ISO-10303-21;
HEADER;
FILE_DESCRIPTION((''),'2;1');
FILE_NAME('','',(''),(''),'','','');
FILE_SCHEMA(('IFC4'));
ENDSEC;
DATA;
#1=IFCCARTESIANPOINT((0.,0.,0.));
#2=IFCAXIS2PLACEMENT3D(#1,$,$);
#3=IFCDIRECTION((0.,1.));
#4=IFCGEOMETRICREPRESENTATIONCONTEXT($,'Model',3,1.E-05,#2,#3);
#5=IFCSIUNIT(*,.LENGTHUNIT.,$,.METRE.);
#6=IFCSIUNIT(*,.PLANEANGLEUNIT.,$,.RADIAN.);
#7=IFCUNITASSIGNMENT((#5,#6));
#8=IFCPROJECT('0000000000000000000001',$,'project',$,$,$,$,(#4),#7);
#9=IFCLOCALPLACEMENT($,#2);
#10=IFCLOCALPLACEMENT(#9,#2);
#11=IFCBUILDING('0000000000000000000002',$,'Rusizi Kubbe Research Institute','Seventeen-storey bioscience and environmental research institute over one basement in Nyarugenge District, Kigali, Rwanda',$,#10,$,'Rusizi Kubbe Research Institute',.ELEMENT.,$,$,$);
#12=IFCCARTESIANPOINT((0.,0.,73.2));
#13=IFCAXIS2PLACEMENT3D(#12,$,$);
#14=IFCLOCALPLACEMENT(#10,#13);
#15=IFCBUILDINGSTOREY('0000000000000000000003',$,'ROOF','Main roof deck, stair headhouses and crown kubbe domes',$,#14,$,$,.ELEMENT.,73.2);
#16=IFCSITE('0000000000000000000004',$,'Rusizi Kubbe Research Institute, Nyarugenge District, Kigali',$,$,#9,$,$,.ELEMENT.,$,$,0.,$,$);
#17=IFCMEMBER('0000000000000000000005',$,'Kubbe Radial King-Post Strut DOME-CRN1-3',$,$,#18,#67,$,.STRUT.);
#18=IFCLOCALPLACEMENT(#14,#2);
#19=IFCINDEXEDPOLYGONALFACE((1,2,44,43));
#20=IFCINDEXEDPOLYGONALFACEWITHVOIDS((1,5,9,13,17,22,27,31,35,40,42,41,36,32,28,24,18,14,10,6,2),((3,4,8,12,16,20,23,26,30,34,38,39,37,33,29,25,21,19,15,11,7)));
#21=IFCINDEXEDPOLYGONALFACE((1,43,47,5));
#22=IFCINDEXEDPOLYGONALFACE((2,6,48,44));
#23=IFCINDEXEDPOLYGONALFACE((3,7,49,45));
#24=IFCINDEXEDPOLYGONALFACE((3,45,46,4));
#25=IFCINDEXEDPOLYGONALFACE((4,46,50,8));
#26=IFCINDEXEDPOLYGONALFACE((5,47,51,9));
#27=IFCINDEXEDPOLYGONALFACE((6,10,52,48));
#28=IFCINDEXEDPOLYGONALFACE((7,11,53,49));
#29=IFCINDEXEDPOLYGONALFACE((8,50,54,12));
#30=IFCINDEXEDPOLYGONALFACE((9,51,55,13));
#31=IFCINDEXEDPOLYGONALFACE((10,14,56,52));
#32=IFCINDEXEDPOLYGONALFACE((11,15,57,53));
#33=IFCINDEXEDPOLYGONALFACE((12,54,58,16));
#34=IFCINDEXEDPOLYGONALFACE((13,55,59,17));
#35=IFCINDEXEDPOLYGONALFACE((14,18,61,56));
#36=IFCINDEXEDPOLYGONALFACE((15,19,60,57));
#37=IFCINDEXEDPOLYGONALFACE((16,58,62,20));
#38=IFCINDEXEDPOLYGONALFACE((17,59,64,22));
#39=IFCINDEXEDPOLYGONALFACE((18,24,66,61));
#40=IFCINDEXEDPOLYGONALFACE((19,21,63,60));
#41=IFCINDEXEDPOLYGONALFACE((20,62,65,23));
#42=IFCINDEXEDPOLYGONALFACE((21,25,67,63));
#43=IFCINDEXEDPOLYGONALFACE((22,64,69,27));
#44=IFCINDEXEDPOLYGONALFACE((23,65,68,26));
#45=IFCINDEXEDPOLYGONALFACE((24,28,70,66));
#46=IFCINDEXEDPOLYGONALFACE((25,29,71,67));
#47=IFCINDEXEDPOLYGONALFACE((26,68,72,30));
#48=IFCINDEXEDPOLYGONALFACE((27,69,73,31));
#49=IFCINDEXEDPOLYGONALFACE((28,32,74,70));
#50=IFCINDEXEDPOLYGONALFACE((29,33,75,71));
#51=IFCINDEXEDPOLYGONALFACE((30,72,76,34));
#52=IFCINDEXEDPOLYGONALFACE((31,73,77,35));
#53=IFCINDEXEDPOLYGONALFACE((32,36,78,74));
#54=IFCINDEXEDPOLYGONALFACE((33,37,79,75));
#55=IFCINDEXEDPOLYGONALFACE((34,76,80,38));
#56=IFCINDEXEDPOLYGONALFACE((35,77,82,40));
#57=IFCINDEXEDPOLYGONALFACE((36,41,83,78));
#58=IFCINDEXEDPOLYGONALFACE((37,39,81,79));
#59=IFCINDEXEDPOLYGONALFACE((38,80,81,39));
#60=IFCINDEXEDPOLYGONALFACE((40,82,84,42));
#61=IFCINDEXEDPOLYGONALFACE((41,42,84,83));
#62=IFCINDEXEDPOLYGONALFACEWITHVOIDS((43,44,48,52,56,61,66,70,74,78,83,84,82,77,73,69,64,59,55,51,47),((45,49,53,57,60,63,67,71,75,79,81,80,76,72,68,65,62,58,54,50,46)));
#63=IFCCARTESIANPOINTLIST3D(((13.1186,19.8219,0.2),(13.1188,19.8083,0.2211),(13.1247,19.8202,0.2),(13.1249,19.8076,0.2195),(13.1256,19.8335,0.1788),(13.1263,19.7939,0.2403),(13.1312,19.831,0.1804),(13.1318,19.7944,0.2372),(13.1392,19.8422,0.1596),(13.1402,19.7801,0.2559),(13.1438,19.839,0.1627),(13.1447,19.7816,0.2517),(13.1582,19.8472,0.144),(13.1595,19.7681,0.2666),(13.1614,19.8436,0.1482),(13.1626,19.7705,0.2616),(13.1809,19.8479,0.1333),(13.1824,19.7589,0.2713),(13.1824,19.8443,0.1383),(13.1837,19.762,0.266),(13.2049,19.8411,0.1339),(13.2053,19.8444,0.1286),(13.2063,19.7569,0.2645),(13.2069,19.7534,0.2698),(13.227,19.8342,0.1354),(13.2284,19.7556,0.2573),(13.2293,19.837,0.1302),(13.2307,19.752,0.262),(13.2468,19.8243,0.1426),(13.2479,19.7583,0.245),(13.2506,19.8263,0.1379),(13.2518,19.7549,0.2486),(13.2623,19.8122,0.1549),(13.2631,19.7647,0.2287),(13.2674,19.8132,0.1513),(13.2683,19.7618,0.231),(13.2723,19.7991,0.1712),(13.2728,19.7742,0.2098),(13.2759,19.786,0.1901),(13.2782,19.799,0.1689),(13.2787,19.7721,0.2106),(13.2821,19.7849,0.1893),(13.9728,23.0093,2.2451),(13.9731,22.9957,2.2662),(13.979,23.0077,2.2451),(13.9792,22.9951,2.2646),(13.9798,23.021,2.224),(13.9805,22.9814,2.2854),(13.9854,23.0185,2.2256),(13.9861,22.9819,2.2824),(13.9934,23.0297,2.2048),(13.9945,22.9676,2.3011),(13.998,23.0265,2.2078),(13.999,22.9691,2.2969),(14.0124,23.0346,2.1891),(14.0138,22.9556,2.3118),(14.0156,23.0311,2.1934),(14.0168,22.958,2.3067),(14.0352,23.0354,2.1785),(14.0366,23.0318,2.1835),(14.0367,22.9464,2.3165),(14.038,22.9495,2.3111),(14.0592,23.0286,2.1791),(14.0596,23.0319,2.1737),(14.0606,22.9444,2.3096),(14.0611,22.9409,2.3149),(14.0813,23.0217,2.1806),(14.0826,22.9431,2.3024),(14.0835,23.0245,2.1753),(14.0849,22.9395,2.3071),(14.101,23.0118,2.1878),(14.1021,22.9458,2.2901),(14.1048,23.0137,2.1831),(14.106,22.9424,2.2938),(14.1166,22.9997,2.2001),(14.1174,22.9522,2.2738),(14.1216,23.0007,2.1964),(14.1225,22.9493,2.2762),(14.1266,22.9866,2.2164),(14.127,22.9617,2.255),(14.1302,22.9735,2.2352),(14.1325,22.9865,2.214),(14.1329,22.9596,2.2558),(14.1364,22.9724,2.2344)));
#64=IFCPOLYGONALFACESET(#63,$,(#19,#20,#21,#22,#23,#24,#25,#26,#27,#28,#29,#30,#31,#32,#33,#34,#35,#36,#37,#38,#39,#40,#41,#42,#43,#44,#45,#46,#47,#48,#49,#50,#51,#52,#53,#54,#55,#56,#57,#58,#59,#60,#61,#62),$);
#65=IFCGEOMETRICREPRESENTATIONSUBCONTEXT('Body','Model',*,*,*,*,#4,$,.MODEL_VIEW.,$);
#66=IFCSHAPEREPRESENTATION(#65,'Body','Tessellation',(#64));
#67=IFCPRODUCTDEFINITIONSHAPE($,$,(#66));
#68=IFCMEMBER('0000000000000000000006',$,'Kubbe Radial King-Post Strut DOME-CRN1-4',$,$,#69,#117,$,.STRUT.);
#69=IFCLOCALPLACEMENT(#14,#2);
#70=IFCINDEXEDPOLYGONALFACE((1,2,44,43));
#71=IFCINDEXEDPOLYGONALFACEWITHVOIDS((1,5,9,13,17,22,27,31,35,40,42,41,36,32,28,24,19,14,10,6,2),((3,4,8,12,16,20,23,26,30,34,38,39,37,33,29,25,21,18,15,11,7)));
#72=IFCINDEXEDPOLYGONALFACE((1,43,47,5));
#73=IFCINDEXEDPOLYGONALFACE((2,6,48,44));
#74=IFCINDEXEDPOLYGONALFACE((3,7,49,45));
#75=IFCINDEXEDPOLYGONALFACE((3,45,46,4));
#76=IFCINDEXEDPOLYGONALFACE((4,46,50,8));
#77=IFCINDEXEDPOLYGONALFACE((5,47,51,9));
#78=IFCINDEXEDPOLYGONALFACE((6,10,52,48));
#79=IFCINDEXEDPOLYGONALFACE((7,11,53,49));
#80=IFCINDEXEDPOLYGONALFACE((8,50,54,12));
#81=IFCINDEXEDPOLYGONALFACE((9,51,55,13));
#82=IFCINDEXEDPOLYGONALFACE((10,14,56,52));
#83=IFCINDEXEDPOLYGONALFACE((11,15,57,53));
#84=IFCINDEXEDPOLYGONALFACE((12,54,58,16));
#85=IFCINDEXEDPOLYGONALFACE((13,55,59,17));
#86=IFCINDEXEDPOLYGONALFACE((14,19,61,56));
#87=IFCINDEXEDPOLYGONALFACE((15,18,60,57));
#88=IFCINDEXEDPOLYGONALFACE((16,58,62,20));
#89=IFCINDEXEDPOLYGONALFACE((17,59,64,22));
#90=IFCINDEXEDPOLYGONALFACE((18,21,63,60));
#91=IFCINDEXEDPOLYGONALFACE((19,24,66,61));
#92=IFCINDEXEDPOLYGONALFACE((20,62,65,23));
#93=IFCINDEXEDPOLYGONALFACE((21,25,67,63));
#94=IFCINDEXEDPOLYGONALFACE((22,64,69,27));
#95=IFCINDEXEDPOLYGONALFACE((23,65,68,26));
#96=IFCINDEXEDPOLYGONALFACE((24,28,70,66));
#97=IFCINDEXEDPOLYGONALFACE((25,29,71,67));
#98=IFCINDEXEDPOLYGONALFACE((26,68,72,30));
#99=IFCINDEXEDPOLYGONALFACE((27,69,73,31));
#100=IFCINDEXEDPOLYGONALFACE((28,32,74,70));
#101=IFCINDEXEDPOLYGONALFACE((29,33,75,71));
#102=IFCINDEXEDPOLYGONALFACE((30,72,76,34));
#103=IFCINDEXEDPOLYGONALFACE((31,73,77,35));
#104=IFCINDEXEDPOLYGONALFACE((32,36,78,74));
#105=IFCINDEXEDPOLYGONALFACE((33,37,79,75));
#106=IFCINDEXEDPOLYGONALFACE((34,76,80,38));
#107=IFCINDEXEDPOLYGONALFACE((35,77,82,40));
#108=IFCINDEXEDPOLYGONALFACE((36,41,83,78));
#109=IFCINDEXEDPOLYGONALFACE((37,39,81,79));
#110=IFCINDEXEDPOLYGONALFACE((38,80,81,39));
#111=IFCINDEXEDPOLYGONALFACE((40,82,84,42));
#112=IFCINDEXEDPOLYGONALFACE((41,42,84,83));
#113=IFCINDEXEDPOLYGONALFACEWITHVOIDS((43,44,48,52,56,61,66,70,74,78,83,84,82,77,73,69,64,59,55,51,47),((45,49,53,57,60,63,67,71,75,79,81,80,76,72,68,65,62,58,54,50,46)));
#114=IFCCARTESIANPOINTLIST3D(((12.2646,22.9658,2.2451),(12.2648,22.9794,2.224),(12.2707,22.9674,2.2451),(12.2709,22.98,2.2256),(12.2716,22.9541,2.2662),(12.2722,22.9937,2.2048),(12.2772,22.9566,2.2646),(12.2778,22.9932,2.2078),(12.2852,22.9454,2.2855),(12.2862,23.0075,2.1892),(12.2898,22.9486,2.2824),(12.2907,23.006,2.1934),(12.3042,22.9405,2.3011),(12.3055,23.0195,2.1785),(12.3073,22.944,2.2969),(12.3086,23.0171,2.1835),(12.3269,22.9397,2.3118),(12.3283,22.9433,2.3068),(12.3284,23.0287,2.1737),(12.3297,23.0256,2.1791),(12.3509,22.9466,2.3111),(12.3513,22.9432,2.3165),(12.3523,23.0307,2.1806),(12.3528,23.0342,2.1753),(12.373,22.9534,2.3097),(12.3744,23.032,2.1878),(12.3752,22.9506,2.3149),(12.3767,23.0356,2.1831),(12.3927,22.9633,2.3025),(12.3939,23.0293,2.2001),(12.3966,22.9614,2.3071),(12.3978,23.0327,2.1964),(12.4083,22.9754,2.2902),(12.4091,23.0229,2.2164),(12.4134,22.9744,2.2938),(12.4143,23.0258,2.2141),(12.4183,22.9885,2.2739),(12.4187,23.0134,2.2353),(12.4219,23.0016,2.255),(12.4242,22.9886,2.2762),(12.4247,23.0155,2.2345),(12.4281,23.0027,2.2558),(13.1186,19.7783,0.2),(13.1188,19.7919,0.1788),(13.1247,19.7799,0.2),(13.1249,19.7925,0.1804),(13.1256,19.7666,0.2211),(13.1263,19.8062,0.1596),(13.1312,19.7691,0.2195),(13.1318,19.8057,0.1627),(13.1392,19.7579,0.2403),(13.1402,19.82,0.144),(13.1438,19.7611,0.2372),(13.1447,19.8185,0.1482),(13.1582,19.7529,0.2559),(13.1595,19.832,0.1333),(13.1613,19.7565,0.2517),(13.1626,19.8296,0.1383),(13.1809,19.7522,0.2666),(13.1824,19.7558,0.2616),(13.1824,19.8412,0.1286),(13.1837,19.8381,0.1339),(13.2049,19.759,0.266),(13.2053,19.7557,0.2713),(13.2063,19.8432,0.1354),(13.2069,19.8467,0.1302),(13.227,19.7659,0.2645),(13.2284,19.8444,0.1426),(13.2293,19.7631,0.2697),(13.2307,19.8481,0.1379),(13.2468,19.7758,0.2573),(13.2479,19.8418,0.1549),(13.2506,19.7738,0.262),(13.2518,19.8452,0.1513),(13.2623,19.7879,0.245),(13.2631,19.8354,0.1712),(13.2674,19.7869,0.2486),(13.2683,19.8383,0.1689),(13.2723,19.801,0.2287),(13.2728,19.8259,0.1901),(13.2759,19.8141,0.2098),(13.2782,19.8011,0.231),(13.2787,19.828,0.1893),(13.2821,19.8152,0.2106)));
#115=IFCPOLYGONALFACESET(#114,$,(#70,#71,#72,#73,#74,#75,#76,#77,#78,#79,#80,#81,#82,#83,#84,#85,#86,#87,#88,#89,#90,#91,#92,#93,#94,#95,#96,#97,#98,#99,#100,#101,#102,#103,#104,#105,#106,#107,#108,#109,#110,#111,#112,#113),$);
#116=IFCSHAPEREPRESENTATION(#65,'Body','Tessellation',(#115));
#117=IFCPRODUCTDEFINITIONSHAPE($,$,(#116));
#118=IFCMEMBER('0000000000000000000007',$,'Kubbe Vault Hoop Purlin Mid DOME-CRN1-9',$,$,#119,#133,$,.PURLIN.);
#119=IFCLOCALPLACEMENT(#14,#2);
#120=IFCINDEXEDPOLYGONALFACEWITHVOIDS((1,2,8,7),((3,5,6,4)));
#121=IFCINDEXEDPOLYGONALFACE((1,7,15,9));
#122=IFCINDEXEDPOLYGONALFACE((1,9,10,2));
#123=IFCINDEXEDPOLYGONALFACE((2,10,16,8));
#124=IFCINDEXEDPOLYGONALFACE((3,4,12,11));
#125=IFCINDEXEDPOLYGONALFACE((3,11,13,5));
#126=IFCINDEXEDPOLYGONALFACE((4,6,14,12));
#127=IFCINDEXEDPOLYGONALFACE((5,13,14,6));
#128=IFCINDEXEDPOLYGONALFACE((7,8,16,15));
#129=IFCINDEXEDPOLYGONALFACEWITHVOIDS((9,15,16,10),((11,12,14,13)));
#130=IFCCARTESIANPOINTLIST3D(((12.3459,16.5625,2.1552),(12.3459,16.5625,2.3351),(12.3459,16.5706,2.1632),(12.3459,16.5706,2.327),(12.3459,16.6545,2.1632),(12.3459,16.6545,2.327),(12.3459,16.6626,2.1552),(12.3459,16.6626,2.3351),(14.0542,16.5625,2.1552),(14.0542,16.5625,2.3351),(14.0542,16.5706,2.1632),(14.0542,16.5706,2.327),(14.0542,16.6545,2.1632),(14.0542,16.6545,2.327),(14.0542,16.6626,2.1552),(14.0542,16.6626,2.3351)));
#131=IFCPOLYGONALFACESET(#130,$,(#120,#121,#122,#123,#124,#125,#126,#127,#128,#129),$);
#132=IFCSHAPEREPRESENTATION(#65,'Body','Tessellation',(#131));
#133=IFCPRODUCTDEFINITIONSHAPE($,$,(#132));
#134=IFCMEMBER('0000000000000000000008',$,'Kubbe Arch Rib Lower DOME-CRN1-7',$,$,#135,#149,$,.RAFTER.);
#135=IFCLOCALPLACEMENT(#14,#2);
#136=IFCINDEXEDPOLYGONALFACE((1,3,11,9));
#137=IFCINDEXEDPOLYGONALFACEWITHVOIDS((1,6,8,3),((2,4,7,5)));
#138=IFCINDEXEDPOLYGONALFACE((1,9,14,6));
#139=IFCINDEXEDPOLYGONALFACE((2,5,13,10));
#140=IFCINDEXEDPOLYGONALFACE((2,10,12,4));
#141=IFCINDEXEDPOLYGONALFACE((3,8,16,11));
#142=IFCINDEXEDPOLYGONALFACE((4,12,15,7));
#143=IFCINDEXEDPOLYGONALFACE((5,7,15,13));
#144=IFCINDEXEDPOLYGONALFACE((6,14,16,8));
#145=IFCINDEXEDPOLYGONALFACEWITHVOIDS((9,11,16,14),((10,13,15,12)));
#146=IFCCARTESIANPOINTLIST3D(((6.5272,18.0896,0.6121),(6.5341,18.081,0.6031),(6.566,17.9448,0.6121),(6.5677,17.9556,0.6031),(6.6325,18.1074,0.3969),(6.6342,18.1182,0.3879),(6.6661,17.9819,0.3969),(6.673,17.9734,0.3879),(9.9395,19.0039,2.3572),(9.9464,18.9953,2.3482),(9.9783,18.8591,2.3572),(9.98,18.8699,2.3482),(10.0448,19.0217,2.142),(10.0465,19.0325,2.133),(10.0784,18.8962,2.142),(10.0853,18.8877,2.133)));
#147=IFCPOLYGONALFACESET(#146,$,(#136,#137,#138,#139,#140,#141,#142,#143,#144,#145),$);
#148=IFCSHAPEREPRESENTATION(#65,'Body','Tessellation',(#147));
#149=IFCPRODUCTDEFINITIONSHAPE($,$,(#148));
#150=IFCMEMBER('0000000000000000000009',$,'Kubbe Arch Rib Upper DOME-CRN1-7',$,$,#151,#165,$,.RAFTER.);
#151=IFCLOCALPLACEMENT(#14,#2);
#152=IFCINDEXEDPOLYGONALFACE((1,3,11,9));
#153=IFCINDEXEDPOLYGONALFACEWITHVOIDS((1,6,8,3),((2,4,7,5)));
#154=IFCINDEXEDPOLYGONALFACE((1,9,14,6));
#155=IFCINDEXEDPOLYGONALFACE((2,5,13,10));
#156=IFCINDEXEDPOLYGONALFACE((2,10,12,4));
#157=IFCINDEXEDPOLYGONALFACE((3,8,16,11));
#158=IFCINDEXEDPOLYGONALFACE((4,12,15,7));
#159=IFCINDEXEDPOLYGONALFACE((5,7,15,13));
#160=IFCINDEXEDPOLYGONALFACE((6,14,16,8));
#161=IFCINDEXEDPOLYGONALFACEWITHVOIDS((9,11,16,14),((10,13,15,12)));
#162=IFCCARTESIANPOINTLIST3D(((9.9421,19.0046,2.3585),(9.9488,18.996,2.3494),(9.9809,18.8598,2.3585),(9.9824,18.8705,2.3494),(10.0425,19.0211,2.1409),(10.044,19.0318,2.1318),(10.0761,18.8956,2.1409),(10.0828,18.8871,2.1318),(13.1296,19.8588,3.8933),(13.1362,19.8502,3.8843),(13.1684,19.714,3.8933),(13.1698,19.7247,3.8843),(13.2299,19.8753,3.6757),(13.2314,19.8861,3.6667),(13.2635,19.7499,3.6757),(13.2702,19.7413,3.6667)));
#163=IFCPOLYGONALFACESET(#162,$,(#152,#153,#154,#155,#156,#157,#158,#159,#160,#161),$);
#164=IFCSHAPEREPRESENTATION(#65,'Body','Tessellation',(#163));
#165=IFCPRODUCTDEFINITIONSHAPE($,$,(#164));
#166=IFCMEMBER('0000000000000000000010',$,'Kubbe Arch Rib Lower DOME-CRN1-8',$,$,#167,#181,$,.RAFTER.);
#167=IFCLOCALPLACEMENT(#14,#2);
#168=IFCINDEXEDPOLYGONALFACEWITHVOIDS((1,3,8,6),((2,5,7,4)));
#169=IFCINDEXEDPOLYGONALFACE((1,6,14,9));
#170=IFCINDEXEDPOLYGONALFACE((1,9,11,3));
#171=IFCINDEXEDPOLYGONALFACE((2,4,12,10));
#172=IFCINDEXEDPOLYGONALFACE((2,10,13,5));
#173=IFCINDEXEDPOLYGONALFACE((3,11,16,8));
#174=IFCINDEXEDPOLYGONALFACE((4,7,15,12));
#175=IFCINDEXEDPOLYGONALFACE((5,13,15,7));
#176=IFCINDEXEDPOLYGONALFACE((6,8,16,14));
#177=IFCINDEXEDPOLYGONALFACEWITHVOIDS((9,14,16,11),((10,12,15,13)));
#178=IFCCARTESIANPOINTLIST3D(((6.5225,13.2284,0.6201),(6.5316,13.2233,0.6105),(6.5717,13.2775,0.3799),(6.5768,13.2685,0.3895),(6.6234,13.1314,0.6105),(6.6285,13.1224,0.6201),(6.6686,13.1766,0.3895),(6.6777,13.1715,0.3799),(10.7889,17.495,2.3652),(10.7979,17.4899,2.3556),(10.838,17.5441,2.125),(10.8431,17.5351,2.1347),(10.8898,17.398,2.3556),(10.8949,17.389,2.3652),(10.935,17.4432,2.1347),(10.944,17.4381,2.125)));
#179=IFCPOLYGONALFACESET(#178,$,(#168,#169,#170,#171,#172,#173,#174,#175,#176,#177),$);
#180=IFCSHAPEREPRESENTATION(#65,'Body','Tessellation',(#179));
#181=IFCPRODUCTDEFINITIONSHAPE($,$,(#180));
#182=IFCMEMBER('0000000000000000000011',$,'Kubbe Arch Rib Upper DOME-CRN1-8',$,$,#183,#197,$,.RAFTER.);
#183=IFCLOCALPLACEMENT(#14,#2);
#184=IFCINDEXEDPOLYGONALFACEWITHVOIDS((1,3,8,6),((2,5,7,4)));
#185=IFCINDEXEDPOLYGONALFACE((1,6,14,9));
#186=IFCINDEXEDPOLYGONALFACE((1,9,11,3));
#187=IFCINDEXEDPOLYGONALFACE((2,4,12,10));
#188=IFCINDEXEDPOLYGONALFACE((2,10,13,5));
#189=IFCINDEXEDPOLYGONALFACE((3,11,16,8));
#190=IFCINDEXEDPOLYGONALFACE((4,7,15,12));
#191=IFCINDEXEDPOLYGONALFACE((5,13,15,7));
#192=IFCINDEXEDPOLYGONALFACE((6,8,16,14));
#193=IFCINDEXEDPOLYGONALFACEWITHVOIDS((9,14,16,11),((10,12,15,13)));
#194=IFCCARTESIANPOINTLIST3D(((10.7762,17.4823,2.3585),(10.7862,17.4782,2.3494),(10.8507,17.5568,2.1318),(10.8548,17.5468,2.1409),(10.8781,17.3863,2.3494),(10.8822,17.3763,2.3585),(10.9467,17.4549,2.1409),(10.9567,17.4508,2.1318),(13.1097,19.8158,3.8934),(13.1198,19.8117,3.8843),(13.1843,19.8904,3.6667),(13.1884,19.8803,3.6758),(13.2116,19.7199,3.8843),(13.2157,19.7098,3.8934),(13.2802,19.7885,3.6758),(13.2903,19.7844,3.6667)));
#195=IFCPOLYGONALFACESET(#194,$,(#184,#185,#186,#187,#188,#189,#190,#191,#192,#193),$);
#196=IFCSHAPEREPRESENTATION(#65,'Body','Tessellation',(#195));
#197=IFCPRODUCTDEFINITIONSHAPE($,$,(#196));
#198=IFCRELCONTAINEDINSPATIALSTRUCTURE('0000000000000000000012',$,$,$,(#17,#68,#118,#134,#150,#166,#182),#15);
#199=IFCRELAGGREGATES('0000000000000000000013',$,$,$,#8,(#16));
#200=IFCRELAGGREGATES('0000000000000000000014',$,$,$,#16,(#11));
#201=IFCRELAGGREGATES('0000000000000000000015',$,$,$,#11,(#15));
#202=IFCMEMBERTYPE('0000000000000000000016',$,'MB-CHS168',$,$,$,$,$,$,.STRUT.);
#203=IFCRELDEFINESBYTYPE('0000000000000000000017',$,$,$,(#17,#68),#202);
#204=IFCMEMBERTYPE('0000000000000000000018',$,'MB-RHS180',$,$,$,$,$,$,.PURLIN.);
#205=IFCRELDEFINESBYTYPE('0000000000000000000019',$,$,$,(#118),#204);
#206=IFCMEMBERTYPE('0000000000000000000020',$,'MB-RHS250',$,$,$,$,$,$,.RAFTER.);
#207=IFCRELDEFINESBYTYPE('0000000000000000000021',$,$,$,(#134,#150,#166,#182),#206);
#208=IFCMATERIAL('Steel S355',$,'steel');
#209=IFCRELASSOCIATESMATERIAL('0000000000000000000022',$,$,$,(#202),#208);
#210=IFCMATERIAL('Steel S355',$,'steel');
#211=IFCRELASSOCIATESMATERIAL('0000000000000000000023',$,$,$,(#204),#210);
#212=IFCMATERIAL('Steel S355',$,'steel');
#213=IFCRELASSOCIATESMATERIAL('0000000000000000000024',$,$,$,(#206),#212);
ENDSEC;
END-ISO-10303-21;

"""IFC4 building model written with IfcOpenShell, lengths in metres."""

from ifc_helpers import new_model, si_unit, direction, frame, origin, origin_2d, place, context, subcontext, project, spatial, hollow_rectangle, hollow_circle, extrude, material, material_profile, profile_set, type_object, element, save


model = new_model("IFC4")

# Units and contexts
model_context = context("Model", 3, precision=1e-05, world=origin(), true_north=direction((0.0, 1.0)))
body_context = subcontext(model_context, "Body", "Model", "MODEL_VIEW")
ifc_project = project(units=[si_unit("LENGTHUNIT", "METRE"), si_unit("PLANEANGLEUNIT", "RADIAN")], contexts=[model_context])

# Site, building, storey
site_placement = place(None, origin())
site = spatial("IfcSite", under=ifc_project, at=site_placement, Name="Rusizi Kubbe Research Institute, Nyarugenge District, Kigali", CompositionType="ELEMENT", RefElevation=0.0)
building_placement = place(site_placement, origin())
building = spatial("IfcBuilding", under=site, at=building_placement, Name="Rusizi Kubbe Research Institute", Description="Seventeen-storey bioscience and environmental research institute over one basement in Nyarugenge District, Kigali, Rwanda", LongName="Rusizi Kubbe Research Institute", CompositionType="ELEMENT")
storey_placement = place(building_placement, frame((0.0, 0.0, 73.2)))
storey = spatial("IfcBuildingStorey", under=building, at=storey_placement, Name="ROOF", Description="Main roof deck, stair headhouses and crown kubbe domes", CompositionType="ELEMENT", Elevation=73.2)

# Members
ifc_material_1 = material(Name="Steel S355", Category="steel")
ifc_material_profile_1 = material_profile(ifc_material_1, hollow_circle(Radius=0.0842, WallThickness=0.0063, at=origin_2d()), Name="CHS 168.3x6.3")
ifc_profile_set_1 = profile_set([ifc_material_profile_1], Name="Steel S355")
member_type_1 = type_object("IfcMemberType", Name="MB-CHS168", PredefinedType="STRUT", material=ifc_profile_set_1)
for number, where, z_axis, x_axis, name in (
    (1, (13.2, 19.8, 0.2), (0.220034, 0.821024, 0.526786), (-0.965914, 0.258864, 0.0), "Kubbe Radial King-Post Strut DOME-CRN1-3"),
    (2, (13.2, 19.8, 0.2), (-0.219974, 0.821036, 0.526794), (-0.965932, -0.258795, 0.0), "Kubbe Radial King-Post Strut DOME-CRN1-4"),
):
    element("IfcMember", number, at=place(storey_placement, frame(where, z_axis=z_axis, x_axis=x_axis)), inside=storey, type_object=member_type_1, Name=name, PredefinedType="STRUT", context=body_context, shape_type="SweptSolid", body=[
        extrude(hollow_circle(Radius=0.0842, WallThickness=0.0063, at=origin_2d()), origin(), (0.0, 0.0, 1.0), 3.8823),
    ])
ifc_material_2 = material(Name="Steel S355", Category="steel")
ifc_material_profile_2 = material_profile(ifc_material_2, hollow_rectangle(XDim=0.1001, YDim=0.1799, WallThickness=0.0081, at=origin_2d()), Name="RHS 180x100x8.0")
ifc_profile_set_2 = profile_set([ifc_material_profile_2], Name="Steel S355")
member_type_2 = type_object("IfcMemberType", Name="MB-RHS180", PredefinedType="PURLIN", material=ifc_profile_set_2)
member_1_placement = place(storey_placement, frame((12.3459, 16.6125, 2.2451), z_axis=(1.0, 0.0, 0.0), x_axis=(0.0, 1.0, 0.0)))
element("IfcMember", 3, at=member_1_placement, inside=storey, type_object=member_type_2, Name="Kubbe Vault Hoop Purlin Mid DOME-CRN1-9", PredefinedType="PURLIN", context=body_context, shape_type="SweptSolid", body=[
    extrude(hollow_rectangle(XDim=0.1001, YDim=0.1799, WallThickness=0.0081, at=origin_2d()), origin(), (0.0, 0.0, 1.0), 1.7083),
])
ifc_material_3 = material(Name="Steel S355", Category="steel")
ifc_material_profile_3 = material_profile(ifc_material_3, hollow_rectangle(XDim=0.1499, YDim=0.25, WallThickness=0.01, at=origin_2d()), Name="RHS 250x150x10.0")
ifc_profile_set_3 = profile_set([ifc_material_profile_3], Name="Steel S355")
member_type_3 = type_object("IfcMemberType", Name="MB-RHS250", PredefinedType="RAFTER", material=ifc_profile_set_3)
member_2_placement = place(storey_placement, frame((6.6001, 18.0315, 0.5), z_axis=(0.866025, 0.232043, 0.442895), x_axis=(-0.258811, 0.965928, 0.0)))
element("IfcMember", 4, at=member_2_placement, inside=storey, type_object=member_type_3, Name="Kubbe Arch Rib Lower DOME-CRN1-7", PredefinedType="RAFTER", context=body_context, shape_type="SweptSolid", body=[
    extrude(hollow_rectangle(XDim=0.1499, YDim=0.25, WallThickness=0.01, at=origin_2d()), origin(), (0.0, 0.0, 1.0), 3.9402),
])
member_3_placement = place(storey_placement, frame((10.0125, 18.9458, 2.2451), z_axis=(0.875811, 0.234717, 0.421739), x_axis=(-0.258864, 0.965914, 0.0)))
element("IfcMember", 5, at=member_3_placement, inside=storey, type_object=member_type_3, Name="Kubbe Arch Rib Upper DOME-CRN1-7", PredefinedType="RAFTER", context=body_context, shape_type="SweptSolid", body=[
    extrude(hollow_rectangle(XDim=0.1499, YDim=0.25, WallThickness=0.01, at=origin_2d()), origin(), (0.0, 0.0, 1.0), 3.6394),
])
member_4_placement = place(storey_placement, frame((6.6001, 13.2, 0.5), z_axis=(0.679247, 0.679286, 0.27784), x_axis=(-0.707127, 0.707087, 0.0)))
element("IfcMember", 6, at=member_4_placement, inside=storey, type_object=member_type_3, Name="Kubbe Arch Rib Lower DOME-CRN1-8", PredefinedType="RAFTER", context=body_context, shape_type="SweptSolid", body=[
    extrude(hollow_rectangle(XDim=0.1499, YDim=0.25, WallThickness=0.01, at=origin_2d()), origin(), (0.0, 0.0, 1.0), 6.281),
])
member_5_placement = place(storey_placement, frame((10.8665, 17.4666, 2.2451), z_axis=(0.641149, 0.641149, 0.421731), x_axis=(-0.707107, 0.707107, 0.0)))
element("IfcMember", 7, at=member_5_placement, inside=storey, type_object=member_type_3, Name="Kubbe Arch Rib Upper DOME-CRN1-8", PredefinedType="RAFTER", context=body_context, shape_type="SweptSolid", body=[
    extrude(hollow_rectangle(XDim=0.1499, YDim=0.25, WallThickness=0.01, at=origin_2d()), origin(), (0.0, 0.0, 1.0), 3.6396),
])

save(model, "model.ifc")
